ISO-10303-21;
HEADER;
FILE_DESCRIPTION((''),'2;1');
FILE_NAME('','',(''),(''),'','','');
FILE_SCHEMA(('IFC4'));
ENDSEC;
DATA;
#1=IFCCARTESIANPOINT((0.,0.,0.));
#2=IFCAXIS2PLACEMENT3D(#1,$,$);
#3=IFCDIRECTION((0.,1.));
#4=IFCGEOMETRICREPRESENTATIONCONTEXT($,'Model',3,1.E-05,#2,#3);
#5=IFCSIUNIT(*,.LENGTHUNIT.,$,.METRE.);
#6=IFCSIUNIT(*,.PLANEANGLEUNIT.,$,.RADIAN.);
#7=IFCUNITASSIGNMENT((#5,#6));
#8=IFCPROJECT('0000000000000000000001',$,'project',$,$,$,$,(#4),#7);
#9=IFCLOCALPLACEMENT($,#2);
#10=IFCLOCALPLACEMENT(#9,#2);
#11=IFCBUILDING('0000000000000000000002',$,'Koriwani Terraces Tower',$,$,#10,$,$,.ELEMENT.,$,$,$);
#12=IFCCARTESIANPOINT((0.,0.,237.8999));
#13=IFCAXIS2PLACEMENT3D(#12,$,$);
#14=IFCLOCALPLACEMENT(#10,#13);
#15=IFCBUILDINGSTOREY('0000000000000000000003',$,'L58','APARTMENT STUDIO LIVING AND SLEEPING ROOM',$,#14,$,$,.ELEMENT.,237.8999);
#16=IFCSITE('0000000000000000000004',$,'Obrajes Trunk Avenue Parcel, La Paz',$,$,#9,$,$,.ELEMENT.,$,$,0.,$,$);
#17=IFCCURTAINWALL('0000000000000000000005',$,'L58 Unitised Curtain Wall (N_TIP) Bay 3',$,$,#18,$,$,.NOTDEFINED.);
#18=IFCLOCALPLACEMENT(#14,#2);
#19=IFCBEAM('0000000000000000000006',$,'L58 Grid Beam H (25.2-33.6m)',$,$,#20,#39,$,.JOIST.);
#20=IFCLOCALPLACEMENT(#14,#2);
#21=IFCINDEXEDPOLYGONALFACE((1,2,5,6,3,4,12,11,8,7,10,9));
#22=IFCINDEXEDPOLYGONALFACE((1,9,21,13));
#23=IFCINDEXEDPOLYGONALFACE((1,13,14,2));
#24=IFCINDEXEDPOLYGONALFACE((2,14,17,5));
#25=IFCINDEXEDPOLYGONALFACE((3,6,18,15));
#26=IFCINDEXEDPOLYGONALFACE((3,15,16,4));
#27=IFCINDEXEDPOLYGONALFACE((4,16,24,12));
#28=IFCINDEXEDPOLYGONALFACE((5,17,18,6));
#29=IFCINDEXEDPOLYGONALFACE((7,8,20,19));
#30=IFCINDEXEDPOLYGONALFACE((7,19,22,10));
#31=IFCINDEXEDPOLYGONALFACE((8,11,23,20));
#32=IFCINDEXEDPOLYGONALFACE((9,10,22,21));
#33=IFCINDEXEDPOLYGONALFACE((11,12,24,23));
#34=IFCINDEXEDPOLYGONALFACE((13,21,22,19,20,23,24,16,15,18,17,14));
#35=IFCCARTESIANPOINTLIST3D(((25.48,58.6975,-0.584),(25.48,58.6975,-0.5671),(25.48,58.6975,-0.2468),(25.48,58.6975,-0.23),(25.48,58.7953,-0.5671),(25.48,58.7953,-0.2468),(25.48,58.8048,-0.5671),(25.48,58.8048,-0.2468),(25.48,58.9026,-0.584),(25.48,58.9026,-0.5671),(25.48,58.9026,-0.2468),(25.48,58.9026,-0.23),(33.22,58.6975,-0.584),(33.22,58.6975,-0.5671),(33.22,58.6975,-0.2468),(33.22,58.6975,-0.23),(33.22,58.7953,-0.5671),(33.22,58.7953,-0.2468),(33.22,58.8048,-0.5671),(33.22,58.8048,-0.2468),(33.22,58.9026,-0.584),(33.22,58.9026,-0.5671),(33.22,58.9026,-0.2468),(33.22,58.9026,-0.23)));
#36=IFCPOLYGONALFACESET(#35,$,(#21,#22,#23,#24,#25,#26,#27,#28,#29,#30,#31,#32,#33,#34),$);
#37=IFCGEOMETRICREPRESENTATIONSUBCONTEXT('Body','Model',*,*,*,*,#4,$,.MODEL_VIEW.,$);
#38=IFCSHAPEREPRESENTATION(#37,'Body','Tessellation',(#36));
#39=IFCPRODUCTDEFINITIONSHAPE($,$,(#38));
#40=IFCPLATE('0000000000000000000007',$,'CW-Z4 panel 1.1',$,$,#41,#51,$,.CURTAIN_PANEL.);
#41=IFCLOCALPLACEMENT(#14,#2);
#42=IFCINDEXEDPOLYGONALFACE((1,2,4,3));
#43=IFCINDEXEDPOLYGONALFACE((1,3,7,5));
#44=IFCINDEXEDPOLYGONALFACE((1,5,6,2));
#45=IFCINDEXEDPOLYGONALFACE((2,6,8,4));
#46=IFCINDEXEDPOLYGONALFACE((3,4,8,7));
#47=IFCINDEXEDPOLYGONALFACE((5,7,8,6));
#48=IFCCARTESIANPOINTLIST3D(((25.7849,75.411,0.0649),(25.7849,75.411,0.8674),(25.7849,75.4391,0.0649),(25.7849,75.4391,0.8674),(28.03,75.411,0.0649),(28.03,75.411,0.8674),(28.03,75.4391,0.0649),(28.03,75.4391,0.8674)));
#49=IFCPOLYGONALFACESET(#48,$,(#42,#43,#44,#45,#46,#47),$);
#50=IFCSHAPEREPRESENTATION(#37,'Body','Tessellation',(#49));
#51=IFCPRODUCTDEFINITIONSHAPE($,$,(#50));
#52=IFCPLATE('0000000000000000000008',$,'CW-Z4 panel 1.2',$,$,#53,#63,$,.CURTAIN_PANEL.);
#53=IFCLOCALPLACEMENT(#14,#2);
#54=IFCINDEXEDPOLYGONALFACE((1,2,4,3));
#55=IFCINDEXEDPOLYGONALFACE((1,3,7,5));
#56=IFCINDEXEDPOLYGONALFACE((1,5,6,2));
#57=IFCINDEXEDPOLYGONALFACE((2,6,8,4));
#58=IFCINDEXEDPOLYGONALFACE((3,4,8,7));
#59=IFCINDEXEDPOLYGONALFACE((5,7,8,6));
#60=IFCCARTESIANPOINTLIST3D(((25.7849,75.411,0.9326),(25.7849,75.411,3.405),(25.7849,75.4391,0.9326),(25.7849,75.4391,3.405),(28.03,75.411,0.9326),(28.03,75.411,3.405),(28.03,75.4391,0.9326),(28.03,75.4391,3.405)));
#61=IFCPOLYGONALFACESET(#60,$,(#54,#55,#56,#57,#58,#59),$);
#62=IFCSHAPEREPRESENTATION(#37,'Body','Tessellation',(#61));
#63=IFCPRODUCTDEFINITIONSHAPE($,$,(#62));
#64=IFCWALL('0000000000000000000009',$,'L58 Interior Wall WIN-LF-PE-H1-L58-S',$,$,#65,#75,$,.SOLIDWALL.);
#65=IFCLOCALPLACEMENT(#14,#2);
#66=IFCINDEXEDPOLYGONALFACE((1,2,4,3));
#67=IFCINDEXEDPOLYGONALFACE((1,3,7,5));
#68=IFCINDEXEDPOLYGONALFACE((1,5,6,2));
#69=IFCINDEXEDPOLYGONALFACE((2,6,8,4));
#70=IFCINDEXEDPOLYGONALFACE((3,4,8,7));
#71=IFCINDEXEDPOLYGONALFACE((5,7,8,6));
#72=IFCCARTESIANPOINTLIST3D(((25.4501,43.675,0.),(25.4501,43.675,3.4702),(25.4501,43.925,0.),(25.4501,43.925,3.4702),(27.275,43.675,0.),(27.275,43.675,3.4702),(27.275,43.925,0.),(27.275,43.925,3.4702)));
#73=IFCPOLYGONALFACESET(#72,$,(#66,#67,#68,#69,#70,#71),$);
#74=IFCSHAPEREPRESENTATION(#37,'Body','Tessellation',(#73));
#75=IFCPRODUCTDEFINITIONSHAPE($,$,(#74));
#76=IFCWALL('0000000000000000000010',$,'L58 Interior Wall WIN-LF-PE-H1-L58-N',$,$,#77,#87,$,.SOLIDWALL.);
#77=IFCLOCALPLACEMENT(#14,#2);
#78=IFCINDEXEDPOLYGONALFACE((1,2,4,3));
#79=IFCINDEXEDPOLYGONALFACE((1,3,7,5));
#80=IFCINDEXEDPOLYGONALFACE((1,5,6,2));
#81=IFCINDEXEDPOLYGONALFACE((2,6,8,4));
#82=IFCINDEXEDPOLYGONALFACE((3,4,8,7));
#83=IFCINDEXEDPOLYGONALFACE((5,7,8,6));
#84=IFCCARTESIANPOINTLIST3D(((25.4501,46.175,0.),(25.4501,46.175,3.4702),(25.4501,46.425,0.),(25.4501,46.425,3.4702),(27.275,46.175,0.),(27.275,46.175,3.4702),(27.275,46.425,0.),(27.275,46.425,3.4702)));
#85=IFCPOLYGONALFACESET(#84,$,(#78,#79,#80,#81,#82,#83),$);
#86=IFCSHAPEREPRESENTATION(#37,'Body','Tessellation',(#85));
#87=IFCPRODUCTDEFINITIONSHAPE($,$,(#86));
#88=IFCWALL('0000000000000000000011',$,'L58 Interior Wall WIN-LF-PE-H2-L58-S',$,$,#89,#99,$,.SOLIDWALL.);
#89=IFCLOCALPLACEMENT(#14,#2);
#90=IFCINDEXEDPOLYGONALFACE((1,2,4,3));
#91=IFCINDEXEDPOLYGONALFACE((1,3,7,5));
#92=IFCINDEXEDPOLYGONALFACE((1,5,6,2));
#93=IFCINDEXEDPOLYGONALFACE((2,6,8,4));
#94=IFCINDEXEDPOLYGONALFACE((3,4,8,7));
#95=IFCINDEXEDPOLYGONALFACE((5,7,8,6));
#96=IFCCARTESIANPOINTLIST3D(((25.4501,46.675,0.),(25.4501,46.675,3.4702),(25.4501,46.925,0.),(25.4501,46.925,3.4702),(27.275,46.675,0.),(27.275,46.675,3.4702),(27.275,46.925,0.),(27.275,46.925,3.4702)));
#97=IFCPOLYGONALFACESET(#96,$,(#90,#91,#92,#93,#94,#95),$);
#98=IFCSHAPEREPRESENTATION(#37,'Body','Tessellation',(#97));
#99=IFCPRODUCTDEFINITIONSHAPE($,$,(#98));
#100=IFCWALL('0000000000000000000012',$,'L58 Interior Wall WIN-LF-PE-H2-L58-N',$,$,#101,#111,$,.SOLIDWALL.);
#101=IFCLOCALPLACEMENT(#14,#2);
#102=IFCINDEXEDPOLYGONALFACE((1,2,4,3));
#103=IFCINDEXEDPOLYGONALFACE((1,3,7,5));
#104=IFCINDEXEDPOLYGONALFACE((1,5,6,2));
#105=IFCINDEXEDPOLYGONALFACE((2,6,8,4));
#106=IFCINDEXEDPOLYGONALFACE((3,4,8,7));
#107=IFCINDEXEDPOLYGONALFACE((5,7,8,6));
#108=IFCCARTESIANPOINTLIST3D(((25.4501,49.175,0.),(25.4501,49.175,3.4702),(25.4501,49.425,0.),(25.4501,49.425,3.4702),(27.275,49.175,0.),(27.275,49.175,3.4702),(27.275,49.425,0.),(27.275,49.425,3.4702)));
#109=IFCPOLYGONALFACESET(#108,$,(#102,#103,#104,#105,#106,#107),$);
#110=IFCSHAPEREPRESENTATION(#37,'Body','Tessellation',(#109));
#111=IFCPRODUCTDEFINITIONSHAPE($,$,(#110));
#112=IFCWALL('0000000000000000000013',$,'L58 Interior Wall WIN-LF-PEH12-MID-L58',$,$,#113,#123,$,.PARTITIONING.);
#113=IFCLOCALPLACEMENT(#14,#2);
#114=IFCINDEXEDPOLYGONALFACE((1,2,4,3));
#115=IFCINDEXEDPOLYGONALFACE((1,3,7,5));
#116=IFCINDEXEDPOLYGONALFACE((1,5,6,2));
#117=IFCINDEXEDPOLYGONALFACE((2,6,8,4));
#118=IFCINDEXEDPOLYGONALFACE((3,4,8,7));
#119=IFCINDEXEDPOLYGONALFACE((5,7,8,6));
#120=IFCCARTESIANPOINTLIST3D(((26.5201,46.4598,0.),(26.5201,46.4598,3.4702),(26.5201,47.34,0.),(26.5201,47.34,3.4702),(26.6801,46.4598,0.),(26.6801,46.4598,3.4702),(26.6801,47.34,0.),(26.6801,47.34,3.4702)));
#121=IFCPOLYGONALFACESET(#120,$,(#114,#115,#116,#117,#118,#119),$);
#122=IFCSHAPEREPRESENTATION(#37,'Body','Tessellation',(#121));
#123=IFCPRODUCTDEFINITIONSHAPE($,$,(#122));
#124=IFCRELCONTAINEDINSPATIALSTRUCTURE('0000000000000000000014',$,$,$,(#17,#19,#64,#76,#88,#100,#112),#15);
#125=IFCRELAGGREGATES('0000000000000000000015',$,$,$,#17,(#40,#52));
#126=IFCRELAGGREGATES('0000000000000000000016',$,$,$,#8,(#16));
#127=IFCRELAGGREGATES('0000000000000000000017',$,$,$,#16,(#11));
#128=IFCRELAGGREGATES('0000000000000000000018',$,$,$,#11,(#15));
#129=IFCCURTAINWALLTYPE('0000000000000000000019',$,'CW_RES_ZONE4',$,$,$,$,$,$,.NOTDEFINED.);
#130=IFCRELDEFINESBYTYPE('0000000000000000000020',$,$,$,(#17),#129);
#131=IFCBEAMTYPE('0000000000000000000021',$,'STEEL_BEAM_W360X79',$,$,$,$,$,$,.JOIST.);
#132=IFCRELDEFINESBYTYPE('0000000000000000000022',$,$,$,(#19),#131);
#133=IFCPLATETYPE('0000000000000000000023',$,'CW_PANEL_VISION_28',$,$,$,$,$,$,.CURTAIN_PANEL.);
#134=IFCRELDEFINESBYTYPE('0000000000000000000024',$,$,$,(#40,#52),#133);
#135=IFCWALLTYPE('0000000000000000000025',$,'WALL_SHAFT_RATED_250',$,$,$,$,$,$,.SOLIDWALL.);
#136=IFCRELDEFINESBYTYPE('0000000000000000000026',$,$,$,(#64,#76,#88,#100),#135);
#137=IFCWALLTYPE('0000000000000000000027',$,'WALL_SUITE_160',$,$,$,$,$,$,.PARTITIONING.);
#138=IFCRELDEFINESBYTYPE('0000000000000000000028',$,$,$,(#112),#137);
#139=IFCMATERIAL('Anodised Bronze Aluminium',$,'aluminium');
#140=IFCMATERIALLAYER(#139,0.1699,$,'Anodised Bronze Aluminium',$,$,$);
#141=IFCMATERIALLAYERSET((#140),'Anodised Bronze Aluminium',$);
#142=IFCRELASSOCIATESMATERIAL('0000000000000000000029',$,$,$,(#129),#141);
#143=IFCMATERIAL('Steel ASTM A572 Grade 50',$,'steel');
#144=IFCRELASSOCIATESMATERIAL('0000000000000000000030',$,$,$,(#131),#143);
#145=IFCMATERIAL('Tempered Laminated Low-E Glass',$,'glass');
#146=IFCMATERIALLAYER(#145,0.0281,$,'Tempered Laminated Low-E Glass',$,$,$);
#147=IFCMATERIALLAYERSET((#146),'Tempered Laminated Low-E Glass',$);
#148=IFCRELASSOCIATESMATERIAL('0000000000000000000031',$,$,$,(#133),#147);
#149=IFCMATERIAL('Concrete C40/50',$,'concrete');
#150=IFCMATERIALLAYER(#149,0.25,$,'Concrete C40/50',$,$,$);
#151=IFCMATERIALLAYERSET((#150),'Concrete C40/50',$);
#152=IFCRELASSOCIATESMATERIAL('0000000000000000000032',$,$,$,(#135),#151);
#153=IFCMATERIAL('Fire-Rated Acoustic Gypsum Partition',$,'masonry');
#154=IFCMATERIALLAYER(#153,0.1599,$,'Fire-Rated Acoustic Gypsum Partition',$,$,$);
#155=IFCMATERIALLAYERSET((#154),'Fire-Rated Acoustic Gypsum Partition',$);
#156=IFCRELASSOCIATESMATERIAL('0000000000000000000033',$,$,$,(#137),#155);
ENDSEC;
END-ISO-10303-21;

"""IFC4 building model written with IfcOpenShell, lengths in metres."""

from ifc_helpers import new_model, si_unit, direction, frame, frame_2d, origin, origin_2d, place, context, subcontext, project, spatial, rectangle, i_section, extrude, material, layer, layer_set, material_profile, profile_set, type_object, element, aggregate, save


model = new_model("IFC4")

# Units and contexts
model_context = context("Model", 3, precision=1e-05, world=origin(), true_north=direction((0.0, 1.0)))
body_context = subcontext(model_context, "Body", "Model", "MODEL_VIEW")
ifc_project = project(units=[si_unit("LENGTHUNIT", "METRE"), si_unit("PLANEANGLEUNIT", "RADIAN")], contexts=[model_context])

# Site, building, storey
site_placement = place(None, origin())
site = spatial("IfcSite", under=ifc_project, at=site_placement, Name="Obrajes Trunk Avenue Parcel, La Paz", CompositionType="ELEMENT", RefElevation=0.0)
building_placement = place(site_placement, origin())
building = spatial("IfcBuilding", under=site, at=building_placement, Name="Koriwani Terraces Tower", CompositionType="ELEMENT")
storey_placement = place(building_placement, frame((0.0, 0.0, 237.8999)))
storey = spatial("IfcBuildingStorey", under=building, at=storey_placement, Name="L58", Description="APARTMENT STUDIO LIVING AND SLEEPING ROOM", CompositionType="ELEMENT", Elevation=237.8999)

# Curtain wall
ifc_material_1 = material(Name="Anodised Bronze Aluminium", Category="aluminium")
ifc_layer_1 = layer(ifc_material_1, 0.1699, Name="Anodised Bronze Aluminium")
ifc_layer_set_1 = layer_set([ifc_layer_1], Name="Anodised Bronze Aluminium")
curtain_wall_type = type_object("IfcCurtainWallType", Name="CW_RES_ZONE4", PredefinedType="NOTDEFINED", material=ifc_layer_set_1)
curtain_wall_placement = place(storey_placement, origin())
curtain_wall = element("IfcCurtainWall", 1, at=curtain_wall_placement, inside=storey, type_object=curtain_wall_type, Name="L58 Unitised Curtain Wall (N_TIP) Bay 3", PredefinedType="NOTDEFINED")

# Beam
ifc_material_2 = material(Name="Steel ASTM A572 Grade 50", Category="steel")
ifc_material_profile_1 = material_profile(ifc_material_2, i_section(OverallWidth=0.2051, OverallDepth=0.354, WebThickness=0.0095, FlangeThickness=0.0168, at=origin_2d()), Name="Steel ASTM A572 Grade 50", Category="LoadBearing")
ifc_profile_set_1 = profile_set([ifc_material_profile_1], Name="Steel ASTM A572 Grade 50")
beam_type_1 = type_object("IfcBeamType", Name="STEEL_BEAM_W360X79", PredefinedType="JOIST", material=ifc_profile_set_1)
for number, where, z_axis, x_axis, name in (
    (2, (25.48, 58.8, -0.407), (1.0, 0.0, 0.0), (0.0, 1.0, 0.0), "L58 Grid Beam H (25.2-33.6m)"),
):
    element("IfcBeam", number, at=place(storey_placement, frame(where, z_axis=z_axis, x_axis=x_axis)), inside=storey, type_object=beam_type_1, Name=name, PredefinedType="JOIST", context=body_context, shape_type="SweptSolid", body=[
        extrude(i_section(OverallWidth=0.2051, OverallDepth=0.354, WebThickness=0.0095, FlangeThickness=0.0168, at=origin_2d()), origin(), (0.0, 0.0, 1.0), 7.74),
    ])

# Plates
ifc_material_3 = material(Name="Tempered Laminated Low-E Glass", Category="glass")
ifc_layer_2 = layer(ifc_material_3, 0.0281, Name="Tempered Laminated Low-E Glass")
ifc_layer_set_2 = layer_set([ifc_layer_2], Name="Tempered Laminated Low-E Glass")
plate_type = type_object("IfcPlateType", Name="CW_PANEL_VISION_28", PredefinedType="CURTAIN_PANEL", material=ifc_layer_set_2)
plate_1_placement = place(storey_placement, frame((26.9075, 75.425, 0.0649), z_axis=(0.0, 0.0, 1.0), x_axis=(1.0, 0.0, 0.0)))
plate_1 = element("IfcPlate", 3, at=plate_1_placement, type_object=plate_type, Name="CW-Z4 panel 1.1", PredefinedType="CURTAIN_PANEL", context=body_context, shape_type="SweptSolid", body=[
    extrude(rectangle(XDim=2.2451, YDim=0.0281, at=origin_2d()), origin(), (0.0, 0.0, 1.0), 0.8025),
])
plate_2_placement = place(storey_placement, frame((26.9075, 75.425, 0.9326), z_axis=(0.0, 0.0, 1.0), x_axis=(1.0, 0.0, 0.0)))
plate_2 = element("IfcPlate", 4, at=plate_2_placement, type_object=plate_type, Name="CW-Z4 panel 1.2", PredefinedType="CURTAIN_PANEL", context=body_context, shape_type="SweptSolid", body=[
    extrude(rectangle(XDim=2.2451, YDim=0.0281, at=origin_2d()), origin(), (0.0, 0.0, 1.0), 2.4724),
])
aggregate(curtain_wall, [plate_1, plate_2])

# Shared definitions
ifc_material_4 = material(Name="Concrete C40/50", Category="concrete")
ifc_layer_3 = layer(ifc_material_4, 0.25, Name="Concrete C40/50")
ifc_layer_set_3 = layer_set([ifc_layer_3], Name="Concrete C40/50")
wall_type_1 = type_object("IfcWallType", Name="WALL_SHAFT_RATED_250", PredefinedType="SOLIDWALL", material=ifc_layer_set_3)

# Walls
for number, where, z_axis, x_axis, name in (
    (5, (25.45, 43.8, 0.0), (0.0, 0.0, 1.0), (1.0, 0.0, 0.0), "L58 Interior Wall WIN-LF-PE-H1-L58-S"),
    (6, (25.45, 46.3, 0.0), (0.0, 0.0, 1.0), (1.0, 0.0, 0.0), "L58 Interior Wall WIN-LF-PE-H1-L58-N"),
):
    element("IfcWall", number, at=place(storey_placement, frame(where, z_axis=z_axis, x_axis=x_axis)), inside=storey, type_object=wall_type_1, Name=name, PredefinedType="SOLIDWALL", context=body_context, shape_type="SweptSolid", body=[
        extrude(rectangle(XDim=1.825, YDim=0.25, at=frame_2d((0.9126, 0.0))), origin(), (0.0, 0.0, 1.0), 3.4702),
    ])

# Walls
for number, where, z_axis, x_axis, name in (
    (7, (25.45, 46.8, 0.0), (0.0, 0.0, 1.0), (1.0, 0.0, 0.0), "L58 Interior Wall WIN-LF-PE-H2-L58-S"),
    (8, (25.45, 49.3, 0.0), (0.0, 0.0, 1.0), (1.0, 0.0, 0.0), "L58 Interior Wall WIN-LF-PE-H2-L58-N"),
):
    element("IfcWall", number, at=place(storey_placement, frame(where, z_axis=z_axis, x_axis=x_axis)), inside=storey, type_object=wall_type_1, Name=name, PredefinedType="SOLIDWALL", context=body_context, shape_type="SweptSolid", body=[
        extrude(rectangle(XDim=1.825, YDim=0.25, at=frame_2d((0.9126, 0.0))), origin(), (0.0, 0.0, 1.0), 3.4702),
    ])
ifc_material_5 = material(Name="Fire-Rated Acoustic Gypsum Partition", Category="masonry")
ifc_layer_4 = layer(ifc_material_5, 0.1599, Name="Fire-Rated Acoustic Gypsum Partition")
ifc_layer_set_4 = layer_set([ifc_layer_4], Name="Fire-Rated Acoustic Gypsum Partition")
wall_type_2 = type_object("IfcWallType", Name="WALL_SUITE_160", PredefinedType="PARTITIONING", material=ifc_layer_set_4)
wall_1_placement = place(storey_placement, frame((26.6001, 46.46, 0.0), z_axis=(0.0, 0.0, 1.0), x_axis=(0.0, 1.0, 0.0)))
element("IfcWall", 9, at=wall_1_placement, inside=storey, type_object=wall_type_2, Name="L58 Interior Wall WIN-LF-PEH12-MID-L58", PredefinedType="PARTITIONING", context=body_context, shape_type="SweptSolid", body=[
    extrude(rectangle(XDim=0.8801, YDim=0.1599, at=frame_2d((0.4399, 0.0))), origin(), (0.0, 0.0, 1.0), 3.4702),
])

save(model, "model.ifc")
